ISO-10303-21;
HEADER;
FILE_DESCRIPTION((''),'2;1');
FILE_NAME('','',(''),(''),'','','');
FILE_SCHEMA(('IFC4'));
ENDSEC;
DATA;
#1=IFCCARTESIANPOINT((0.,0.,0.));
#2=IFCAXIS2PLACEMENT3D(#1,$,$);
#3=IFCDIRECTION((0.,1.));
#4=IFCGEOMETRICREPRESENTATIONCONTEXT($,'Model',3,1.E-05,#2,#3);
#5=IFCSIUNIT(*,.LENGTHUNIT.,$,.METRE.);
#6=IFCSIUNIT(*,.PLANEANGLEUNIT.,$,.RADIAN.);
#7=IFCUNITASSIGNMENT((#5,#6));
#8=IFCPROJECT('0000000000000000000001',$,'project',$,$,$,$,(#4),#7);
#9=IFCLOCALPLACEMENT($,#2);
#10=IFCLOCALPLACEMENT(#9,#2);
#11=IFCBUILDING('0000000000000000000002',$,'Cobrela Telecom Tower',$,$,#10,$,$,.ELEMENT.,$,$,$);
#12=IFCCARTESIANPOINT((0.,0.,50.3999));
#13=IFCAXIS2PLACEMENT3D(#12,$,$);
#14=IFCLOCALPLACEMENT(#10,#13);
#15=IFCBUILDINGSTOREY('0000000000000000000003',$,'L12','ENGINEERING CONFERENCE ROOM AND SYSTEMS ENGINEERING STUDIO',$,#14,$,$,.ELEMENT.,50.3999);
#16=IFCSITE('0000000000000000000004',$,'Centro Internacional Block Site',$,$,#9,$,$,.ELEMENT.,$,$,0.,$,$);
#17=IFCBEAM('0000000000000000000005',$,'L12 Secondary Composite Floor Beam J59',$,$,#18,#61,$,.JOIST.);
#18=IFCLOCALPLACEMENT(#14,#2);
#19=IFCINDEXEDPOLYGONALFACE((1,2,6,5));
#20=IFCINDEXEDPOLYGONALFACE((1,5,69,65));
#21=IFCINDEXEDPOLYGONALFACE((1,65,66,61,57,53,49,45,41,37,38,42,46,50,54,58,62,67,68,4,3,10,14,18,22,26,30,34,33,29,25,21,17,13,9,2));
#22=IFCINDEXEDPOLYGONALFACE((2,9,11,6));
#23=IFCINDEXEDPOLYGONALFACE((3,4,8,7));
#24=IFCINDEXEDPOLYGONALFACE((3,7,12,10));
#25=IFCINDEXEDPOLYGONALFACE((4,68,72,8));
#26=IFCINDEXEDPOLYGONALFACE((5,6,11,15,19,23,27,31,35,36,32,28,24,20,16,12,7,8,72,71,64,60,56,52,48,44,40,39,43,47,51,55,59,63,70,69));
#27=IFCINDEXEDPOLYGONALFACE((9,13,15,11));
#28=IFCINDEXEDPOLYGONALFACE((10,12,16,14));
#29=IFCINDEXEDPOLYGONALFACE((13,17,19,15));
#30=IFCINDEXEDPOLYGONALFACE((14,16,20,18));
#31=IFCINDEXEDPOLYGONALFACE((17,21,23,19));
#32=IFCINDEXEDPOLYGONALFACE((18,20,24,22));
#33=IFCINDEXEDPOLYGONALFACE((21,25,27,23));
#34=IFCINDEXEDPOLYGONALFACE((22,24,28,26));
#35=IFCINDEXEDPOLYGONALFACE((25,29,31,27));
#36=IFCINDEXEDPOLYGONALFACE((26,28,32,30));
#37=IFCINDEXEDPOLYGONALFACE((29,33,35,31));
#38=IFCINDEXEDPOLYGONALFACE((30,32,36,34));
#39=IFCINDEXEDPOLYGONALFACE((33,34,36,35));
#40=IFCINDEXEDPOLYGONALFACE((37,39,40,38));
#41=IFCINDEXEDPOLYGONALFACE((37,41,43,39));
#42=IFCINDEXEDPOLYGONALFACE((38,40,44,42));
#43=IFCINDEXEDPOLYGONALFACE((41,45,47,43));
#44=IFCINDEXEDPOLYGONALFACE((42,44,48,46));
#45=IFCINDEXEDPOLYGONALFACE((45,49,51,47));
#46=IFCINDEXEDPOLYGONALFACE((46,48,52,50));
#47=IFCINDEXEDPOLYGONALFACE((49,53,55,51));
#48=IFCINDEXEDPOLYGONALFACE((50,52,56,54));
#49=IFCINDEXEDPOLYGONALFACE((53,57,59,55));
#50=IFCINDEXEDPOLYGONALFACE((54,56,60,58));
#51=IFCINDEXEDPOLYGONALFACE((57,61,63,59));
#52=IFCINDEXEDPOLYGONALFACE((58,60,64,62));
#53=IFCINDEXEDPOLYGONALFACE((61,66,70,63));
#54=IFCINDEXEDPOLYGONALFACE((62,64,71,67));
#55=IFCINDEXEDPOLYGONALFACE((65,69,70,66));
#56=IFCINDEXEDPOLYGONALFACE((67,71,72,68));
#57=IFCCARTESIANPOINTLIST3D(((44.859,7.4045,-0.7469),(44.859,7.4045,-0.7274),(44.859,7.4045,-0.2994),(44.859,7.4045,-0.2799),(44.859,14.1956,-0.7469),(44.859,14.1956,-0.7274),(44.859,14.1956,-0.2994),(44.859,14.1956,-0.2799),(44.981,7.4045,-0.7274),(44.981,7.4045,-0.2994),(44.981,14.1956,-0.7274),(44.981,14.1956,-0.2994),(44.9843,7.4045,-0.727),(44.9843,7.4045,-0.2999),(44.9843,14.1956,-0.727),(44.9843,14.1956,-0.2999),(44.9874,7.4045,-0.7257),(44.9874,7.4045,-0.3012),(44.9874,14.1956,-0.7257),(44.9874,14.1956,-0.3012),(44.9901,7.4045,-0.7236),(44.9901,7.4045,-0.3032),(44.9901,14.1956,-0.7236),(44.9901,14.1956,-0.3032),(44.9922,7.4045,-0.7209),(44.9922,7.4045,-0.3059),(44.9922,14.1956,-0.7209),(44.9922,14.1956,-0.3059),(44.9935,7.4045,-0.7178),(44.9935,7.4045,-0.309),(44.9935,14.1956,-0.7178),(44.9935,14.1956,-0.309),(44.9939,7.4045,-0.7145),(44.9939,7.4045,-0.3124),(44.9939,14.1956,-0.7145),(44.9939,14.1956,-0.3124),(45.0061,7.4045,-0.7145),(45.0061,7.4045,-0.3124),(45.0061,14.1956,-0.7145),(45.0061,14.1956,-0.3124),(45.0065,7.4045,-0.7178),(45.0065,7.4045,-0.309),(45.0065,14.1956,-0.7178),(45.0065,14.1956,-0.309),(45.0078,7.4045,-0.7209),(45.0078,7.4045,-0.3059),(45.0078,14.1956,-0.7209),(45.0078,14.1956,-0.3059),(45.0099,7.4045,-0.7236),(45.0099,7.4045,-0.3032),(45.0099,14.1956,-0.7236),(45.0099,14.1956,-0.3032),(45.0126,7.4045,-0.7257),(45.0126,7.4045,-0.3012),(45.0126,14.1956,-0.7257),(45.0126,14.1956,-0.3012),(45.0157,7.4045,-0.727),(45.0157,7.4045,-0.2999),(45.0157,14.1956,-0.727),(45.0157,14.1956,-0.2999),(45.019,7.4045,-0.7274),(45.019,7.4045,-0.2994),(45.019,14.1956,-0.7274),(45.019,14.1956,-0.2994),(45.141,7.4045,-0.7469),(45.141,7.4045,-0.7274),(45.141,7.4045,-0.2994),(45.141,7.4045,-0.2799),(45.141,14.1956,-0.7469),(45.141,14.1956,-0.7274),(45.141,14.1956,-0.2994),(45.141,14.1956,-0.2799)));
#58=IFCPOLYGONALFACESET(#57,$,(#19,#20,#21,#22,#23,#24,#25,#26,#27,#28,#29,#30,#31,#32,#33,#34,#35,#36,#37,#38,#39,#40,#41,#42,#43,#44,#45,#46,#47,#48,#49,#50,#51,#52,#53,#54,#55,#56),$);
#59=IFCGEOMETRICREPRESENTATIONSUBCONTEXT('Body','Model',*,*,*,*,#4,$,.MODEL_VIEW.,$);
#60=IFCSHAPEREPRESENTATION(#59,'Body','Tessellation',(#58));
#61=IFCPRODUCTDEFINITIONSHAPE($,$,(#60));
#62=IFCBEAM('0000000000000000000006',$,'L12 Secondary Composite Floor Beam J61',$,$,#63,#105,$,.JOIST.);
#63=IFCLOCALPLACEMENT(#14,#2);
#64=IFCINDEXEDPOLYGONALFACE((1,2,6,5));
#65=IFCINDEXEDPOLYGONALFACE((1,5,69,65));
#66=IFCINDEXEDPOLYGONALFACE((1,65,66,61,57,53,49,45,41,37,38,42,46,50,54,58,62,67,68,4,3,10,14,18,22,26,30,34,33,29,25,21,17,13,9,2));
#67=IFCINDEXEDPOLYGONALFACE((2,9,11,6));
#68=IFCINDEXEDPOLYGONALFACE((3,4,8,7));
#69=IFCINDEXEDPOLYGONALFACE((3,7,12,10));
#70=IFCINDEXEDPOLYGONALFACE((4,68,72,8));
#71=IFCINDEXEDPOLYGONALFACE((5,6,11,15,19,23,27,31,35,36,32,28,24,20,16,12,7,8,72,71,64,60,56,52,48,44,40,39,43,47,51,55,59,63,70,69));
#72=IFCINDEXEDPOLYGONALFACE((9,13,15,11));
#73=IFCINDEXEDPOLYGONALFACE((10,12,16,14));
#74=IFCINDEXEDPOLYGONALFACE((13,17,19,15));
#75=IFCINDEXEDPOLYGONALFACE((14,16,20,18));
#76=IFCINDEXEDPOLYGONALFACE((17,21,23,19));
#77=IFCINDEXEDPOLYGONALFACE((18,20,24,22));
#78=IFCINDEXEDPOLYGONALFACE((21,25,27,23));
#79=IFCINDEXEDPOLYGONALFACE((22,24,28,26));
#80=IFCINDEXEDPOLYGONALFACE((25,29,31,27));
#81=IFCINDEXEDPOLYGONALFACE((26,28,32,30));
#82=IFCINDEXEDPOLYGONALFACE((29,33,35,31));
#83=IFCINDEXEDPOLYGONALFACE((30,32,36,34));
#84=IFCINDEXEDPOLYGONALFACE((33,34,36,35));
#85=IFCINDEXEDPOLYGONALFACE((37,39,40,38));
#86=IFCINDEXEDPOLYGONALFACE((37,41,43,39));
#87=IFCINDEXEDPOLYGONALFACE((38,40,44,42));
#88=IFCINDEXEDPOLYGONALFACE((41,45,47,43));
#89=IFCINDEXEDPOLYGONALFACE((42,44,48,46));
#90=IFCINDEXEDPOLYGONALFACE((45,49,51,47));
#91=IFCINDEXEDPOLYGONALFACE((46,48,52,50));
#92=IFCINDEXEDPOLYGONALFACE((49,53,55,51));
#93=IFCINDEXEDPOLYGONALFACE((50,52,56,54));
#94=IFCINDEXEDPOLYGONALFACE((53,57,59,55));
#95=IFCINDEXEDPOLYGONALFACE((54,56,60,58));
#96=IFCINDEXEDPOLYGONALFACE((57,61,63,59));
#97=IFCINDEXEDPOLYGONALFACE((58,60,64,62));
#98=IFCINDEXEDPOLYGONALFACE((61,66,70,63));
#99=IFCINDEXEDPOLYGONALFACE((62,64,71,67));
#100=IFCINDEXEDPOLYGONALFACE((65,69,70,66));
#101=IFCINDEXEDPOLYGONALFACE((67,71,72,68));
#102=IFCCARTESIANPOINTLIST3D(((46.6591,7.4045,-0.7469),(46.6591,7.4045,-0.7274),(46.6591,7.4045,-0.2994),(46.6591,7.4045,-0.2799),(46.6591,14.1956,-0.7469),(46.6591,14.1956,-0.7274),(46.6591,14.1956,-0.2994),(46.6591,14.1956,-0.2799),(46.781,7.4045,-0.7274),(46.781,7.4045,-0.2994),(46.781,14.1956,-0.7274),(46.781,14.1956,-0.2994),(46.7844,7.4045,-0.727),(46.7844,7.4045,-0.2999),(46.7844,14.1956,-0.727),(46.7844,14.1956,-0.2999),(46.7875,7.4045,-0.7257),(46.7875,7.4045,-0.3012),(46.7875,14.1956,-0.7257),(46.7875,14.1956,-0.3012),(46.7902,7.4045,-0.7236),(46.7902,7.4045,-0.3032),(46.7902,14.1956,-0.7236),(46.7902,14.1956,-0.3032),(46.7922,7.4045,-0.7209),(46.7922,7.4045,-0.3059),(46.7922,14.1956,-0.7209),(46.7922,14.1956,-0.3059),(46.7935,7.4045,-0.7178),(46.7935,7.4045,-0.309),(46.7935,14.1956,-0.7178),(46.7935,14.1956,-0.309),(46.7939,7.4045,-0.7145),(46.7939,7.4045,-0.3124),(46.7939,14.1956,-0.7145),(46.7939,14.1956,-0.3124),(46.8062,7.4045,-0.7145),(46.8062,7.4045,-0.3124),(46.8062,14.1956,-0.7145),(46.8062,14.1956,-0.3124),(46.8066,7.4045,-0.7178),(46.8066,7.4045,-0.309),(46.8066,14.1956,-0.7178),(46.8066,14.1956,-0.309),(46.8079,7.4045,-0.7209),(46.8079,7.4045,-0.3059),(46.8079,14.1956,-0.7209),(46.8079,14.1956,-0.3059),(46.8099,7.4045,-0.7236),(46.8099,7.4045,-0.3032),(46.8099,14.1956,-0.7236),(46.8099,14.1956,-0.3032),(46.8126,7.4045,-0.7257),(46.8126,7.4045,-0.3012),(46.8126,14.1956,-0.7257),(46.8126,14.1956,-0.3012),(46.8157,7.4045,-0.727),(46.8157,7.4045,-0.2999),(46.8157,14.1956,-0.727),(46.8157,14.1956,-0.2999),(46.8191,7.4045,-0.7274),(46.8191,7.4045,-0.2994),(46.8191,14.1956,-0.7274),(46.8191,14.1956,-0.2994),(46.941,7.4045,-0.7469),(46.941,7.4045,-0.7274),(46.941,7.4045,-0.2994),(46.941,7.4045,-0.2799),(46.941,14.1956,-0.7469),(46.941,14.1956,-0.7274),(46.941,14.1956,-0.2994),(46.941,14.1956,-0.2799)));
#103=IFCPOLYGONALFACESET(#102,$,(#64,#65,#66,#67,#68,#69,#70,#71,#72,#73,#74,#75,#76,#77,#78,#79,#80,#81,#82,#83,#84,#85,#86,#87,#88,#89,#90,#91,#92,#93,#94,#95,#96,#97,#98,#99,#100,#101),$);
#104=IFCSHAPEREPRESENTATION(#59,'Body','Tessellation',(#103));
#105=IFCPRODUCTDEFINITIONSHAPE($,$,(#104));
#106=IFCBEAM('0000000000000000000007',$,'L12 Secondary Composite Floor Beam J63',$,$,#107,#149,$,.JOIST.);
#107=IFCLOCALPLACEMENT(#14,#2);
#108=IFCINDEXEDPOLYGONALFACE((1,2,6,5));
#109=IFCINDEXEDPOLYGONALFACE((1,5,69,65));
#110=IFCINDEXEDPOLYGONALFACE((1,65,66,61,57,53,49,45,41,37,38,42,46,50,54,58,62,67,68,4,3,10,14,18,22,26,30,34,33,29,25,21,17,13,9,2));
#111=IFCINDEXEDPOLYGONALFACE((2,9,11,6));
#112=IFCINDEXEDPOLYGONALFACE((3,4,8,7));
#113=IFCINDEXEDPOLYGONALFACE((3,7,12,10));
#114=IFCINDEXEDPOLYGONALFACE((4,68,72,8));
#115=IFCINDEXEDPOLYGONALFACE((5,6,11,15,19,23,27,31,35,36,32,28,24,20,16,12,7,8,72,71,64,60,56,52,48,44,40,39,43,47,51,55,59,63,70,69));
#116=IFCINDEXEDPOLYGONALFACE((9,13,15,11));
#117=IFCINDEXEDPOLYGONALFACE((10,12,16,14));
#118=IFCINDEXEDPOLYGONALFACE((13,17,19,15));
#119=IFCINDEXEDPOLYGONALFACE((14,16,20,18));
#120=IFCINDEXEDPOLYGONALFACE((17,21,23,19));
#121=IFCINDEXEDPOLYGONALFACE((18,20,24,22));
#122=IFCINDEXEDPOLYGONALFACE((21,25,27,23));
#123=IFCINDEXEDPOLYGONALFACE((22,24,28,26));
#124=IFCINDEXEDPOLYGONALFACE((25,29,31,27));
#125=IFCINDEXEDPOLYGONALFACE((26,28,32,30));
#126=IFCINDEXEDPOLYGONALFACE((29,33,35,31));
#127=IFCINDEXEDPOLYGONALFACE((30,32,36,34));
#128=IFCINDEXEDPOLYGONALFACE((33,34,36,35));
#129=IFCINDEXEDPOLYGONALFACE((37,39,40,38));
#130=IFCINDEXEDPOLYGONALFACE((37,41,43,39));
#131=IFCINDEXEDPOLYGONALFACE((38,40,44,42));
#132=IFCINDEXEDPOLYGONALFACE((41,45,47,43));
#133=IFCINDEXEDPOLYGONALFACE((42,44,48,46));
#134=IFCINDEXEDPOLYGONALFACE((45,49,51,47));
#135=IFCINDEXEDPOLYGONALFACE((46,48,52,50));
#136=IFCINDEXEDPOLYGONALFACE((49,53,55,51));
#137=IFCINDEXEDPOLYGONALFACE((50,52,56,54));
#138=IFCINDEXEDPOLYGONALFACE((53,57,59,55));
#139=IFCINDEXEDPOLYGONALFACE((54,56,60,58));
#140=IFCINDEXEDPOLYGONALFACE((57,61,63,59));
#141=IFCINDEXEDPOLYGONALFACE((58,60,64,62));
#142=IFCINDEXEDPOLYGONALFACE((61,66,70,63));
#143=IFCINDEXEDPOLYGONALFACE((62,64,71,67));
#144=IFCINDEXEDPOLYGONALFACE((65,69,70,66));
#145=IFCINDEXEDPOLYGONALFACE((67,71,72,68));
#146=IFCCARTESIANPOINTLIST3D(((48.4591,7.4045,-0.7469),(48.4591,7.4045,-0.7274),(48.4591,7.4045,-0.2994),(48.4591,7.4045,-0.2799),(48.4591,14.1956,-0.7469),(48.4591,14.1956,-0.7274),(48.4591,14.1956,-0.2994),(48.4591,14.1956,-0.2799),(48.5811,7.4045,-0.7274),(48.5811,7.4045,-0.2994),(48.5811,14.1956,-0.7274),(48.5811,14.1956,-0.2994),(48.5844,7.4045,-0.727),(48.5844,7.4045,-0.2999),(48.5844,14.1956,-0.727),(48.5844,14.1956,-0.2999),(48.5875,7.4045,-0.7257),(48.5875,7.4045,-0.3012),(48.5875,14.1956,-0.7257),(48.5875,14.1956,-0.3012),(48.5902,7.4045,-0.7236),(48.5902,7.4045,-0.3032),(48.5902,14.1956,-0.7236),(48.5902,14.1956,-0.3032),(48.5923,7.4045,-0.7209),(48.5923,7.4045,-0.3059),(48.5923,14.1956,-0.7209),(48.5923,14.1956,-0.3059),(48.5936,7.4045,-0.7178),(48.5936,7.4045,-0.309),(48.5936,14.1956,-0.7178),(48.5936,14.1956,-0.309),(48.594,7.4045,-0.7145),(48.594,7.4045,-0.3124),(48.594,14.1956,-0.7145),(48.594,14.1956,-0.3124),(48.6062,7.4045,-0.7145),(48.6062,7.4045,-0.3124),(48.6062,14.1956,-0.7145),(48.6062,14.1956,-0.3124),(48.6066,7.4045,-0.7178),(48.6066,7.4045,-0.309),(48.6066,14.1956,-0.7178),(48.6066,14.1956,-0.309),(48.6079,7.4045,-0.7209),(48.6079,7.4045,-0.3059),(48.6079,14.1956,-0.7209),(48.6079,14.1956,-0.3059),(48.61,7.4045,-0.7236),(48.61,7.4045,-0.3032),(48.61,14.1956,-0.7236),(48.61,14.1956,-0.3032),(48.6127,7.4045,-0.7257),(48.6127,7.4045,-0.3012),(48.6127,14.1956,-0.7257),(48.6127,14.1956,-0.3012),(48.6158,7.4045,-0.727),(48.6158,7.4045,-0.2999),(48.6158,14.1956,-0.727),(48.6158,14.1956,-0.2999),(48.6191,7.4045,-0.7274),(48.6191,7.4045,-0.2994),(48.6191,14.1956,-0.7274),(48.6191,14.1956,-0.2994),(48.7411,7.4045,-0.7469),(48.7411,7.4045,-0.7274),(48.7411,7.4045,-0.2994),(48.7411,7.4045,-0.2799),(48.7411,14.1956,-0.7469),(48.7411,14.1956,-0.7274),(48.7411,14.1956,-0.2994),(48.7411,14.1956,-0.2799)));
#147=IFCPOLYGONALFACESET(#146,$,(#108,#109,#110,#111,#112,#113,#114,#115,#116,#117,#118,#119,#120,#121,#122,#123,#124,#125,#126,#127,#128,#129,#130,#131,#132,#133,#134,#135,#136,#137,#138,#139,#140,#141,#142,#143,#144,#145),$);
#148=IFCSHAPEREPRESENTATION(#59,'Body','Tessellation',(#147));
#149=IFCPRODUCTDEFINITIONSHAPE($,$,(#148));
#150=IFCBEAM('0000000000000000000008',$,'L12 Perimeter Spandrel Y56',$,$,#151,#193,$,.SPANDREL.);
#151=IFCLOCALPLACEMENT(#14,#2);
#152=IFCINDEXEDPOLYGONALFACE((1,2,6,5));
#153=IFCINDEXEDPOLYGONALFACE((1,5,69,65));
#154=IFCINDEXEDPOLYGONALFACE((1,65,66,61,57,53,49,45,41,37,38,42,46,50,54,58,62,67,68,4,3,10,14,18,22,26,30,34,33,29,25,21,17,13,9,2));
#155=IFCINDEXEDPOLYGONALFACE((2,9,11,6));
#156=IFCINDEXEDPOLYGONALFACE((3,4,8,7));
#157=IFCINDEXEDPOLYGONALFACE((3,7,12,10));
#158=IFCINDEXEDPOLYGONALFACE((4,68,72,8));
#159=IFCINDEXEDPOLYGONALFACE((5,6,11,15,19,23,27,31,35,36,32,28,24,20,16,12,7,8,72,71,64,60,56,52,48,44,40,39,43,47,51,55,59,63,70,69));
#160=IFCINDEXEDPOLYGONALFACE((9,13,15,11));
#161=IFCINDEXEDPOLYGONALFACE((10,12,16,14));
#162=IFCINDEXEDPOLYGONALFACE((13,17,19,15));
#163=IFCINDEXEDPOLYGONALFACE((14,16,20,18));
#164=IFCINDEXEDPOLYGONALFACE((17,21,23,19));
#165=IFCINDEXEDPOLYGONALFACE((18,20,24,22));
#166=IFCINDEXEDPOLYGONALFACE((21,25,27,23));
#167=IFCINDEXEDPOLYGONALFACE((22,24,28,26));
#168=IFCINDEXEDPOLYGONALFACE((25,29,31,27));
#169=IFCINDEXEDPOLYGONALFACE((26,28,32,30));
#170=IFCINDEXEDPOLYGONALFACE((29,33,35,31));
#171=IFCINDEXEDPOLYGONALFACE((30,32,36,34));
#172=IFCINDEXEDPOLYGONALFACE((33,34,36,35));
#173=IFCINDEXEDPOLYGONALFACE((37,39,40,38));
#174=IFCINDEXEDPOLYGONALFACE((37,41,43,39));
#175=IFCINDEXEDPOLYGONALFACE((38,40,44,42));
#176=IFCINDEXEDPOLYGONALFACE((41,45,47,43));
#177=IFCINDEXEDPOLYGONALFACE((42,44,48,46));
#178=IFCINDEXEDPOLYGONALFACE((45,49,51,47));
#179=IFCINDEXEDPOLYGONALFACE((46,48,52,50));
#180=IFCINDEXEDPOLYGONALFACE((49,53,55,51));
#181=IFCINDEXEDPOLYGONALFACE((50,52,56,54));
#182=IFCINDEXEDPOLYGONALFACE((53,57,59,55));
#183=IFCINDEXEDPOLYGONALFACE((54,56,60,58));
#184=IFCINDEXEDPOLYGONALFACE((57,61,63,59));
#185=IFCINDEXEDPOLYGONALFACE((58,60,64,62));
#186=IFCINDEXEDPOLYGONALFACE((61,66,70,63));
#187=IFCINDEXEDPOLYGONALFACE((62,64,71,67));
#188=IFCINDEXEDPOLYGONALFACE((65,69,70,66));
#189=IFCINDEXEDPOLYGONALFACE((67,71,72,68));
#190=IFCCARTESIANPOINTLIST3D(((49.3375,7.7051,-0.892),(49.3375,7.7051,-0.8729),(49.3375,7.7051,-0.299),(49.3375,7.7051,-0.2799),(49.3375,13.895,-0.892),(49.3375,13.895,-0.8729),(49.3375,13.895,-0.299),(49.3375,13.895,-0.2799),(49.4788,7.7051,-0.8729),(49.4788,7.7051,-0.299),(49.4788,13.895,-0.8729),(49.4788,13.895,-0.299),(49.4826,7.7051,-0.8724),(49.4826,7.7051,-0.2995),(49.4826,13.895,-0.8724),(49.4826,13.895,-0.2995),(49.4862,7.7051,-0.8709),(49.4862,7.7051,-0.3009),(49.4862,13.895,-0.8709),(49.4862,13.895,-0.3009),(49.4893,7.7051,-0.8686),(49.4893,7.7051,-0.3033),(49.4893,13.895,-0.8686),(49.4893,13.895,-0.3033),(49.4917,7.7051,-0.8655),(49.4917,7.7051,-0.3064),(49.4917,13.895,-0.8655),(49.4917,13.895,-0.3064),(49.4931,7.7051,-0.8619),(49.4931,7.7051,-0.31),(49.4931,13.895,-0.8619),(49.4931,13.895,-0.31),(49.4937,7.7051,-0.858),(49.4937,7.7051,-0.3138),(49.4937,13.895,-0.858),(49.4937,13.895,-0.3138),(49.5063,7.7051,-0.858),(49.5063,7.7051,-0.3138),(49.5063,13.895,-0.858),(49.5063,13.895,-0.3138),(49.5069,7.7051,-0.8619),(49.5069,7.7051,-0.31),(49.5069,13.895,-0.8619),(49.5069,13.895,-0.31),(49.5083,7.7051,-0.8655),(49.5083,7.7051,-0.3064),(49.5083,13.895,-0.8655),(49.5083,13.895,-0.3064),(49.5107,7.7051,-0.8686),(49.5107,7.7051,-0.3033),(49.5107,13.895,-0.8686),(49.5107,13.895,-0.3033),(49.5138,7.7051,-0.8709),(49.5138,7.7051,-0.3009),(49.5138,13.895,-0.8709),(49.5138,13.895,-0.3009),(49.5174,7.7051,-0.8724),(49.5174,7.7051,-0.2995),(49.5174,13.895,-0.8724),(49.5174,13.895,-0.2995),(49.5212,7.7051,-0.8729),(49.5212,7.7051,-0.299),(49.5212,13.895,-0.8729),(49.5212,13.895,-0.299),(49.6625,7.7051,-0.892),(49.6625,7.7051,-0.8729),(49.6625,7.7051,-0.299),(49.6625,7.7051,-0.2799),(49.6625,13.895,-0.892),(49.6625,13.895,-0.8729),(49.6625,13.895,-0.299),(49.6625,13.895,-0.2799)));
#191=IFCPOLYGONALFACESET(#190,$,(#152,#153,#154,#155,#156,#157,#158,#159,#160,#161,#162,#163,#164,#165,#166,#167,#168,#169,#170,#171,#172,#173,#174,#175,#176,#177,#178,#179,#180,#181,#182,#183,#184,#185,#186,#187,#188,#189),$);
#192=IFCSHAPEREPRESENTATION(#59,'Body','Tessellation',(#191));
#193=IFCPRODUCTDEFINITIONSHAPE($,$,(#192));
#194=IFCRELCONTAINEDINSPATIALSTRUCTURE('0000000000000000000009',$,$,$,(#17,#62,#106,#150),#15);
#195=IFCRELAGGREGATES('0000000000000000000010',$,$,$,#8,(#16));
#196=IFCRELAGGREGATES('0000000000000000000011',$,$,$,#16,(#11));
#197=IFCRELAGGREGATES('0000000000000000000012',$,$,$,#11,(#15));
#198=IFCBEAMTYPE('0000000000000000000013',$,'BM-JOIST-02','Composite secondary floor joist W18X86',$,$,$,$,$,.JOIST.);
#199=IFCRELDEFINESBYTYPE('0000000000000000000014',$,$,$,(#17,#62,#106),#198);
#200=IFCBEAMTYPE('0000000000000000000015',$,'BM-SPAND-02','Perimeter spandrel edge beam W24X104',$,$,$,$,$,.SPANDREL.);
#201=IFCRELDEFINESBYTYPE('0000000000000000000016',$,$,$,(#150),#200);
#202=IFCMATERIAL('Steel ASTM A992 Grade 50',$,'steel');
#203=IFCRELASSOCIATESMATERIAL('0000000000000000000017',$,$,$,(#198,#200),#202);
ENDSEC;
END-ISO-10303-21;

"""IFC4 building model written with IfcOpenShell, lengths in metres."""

from ifc_helpers import new_model, si_unit, direction, frame, origin, origin_2d, place, context, subcontext, project, spatial, i_section, extrude, material, material_profile, profile_set, type_object, element, save


model = new_model("IFC4")

# Units and contexts
model_context = context("Model", 3, precision=1e-05, world=origin(), true_north=direction((0.0, 1.0)))
body_context = subcontext(model_context, "Body", "Model", "MODEL_VIEW")
ifc_project = project(units=[si_unit("LENGTHUNIT", "METRE"), si_unit("PLANEANGLEUNIT", "RADIAN")], contexts=[model_context])

# Site, building, storey
site_placement = place(None, origin())
site = spatial("IfcSite", under=ifc_project, at=site_placement, Name="Centro Internacional Block Site", CompositionType="ELEMENT", RefElevation=0.0)
building_placement = place(site_placement, origin())
building = spatial("IfcBuilding", under=site, at=building_placement, Name="Cobrela Telecom Tower", CompositionType="ELEMENT")
storey_placement = place(building_placement, frame((0.0, 0.0, 50.3999)))
storey = spatial("IfcBuildingStorey", under=building, at=storey_placement, Name="L12", Description="ENGINEERING CONFERENCE ROOM AND SYSTEMS ENGINEERING STUDIO", CompositionType="ELEMENT", Elevation=50.3999)

# Shared definitions
ifc_material_1 = material(Name="Steel ASTM A992 Grade 50", Category="steel")

# Beams
ifc_material_profile_1 = material_profile(ifc_material_1, i_section(OverallWidth=0.282, OverallDepth=0.467, WebThickness=0.0122, FlangeThickness=0.0195, FilletRadius=0.0129, at=origin_2d()), Name="W18X86")
ifc_profile_set_1 = profile_set([ifc_material_profile_1], Name="Steel ASTM A992 Grade 50")
beam_type_1 = type_object("IfcBeamType", Name="BM-JOIST-02", Description="Composite secondary floor joist W18X86", PredefinedType="JOIST", material=ifc_profile_set_1)
for number, where, z_axis, x_axis, name in (
    (1, (45.0, 7.4045, -0.5134), (0.0, 1.0, 0.0), (-1.0, 0.0, 0.0), "L12 Secondary Composite Floor Beam J59"),
    (2, (46.8, 7.4045, -0.5134), (0.0, 1.0, 0.0), (-1.0, 0.0, 0.0), "L12 Secondary Composite Floor Beam J61"),
    (3, (48.6001, 7.4045, -0.5134), (0.0, 1.0, 0.0), (-1.0, 0.0, 0.0), "L12 Secondary Composite Floor Beam J63"),
):
    element("IfcBeam", number, at=place(storey_placement, frame(where, z_axis=z_axis, x_axis=x_axis)), inside=storey, type_object=beam_type_1, Name=name, PredefinedType="JOIST", context=body_context, shape_type="SweptSolid", body=[
        extrude(i_section(OverallWidth=0.282, OverallDepth=0.467, WebThickness=0.0122, FlangeThickness=0.0195, FilletRadius=0.0129, at=origin_2d()), origin(), (0.0, 0.0, 1.0), 6.791),
    ])
ifc_material_profile_2 = material_profile(ifc_material_1, i_section(OverallWidth=0.325, OverallDepth=0.6121, WebThickness=0.0127, FlangeThickness=0.019, FilletRadius=0.0149, at=origin_2d()), Name="W24X104")
ifc_profile_set_2 = profile_set([ifc_material_profile_2], Name="Steel ASTM A992 Grade 50")
beam_type_2 = type_object("IfcBeamType", Name="BM-SPAND-02", Description="Perimeter spandrel edge beam W24X104", PredefinedType="SPANDREL", material=ifc_profile_set_2)
beam_placement = place(storey_placement, frame((49.5, 7.7051, -0.5859), z_axis=(0.0, 1.0, 0.0), x_axis=(-1.0, 0.0, 0.0)))
element("IfcBeam", 4, at=beam_placement, inside=storey, type_object=beam_type_2, Name="L12 Perimeter Spandrel Y56", PredefinedType="SPANDREL", context=body_context, shape_type="SweptSolid", body=[
    extrude(i_section(OverallWidth=0.325, OverallDepth=0.6121, WebThickness=0.0127, FlangeThickness=0.019, FilletRadius=0.0149, at=origin_2d()), origin(), (0.0, 0.0, 1.0), 6.1899),
])

save(model, "model.ifc")
